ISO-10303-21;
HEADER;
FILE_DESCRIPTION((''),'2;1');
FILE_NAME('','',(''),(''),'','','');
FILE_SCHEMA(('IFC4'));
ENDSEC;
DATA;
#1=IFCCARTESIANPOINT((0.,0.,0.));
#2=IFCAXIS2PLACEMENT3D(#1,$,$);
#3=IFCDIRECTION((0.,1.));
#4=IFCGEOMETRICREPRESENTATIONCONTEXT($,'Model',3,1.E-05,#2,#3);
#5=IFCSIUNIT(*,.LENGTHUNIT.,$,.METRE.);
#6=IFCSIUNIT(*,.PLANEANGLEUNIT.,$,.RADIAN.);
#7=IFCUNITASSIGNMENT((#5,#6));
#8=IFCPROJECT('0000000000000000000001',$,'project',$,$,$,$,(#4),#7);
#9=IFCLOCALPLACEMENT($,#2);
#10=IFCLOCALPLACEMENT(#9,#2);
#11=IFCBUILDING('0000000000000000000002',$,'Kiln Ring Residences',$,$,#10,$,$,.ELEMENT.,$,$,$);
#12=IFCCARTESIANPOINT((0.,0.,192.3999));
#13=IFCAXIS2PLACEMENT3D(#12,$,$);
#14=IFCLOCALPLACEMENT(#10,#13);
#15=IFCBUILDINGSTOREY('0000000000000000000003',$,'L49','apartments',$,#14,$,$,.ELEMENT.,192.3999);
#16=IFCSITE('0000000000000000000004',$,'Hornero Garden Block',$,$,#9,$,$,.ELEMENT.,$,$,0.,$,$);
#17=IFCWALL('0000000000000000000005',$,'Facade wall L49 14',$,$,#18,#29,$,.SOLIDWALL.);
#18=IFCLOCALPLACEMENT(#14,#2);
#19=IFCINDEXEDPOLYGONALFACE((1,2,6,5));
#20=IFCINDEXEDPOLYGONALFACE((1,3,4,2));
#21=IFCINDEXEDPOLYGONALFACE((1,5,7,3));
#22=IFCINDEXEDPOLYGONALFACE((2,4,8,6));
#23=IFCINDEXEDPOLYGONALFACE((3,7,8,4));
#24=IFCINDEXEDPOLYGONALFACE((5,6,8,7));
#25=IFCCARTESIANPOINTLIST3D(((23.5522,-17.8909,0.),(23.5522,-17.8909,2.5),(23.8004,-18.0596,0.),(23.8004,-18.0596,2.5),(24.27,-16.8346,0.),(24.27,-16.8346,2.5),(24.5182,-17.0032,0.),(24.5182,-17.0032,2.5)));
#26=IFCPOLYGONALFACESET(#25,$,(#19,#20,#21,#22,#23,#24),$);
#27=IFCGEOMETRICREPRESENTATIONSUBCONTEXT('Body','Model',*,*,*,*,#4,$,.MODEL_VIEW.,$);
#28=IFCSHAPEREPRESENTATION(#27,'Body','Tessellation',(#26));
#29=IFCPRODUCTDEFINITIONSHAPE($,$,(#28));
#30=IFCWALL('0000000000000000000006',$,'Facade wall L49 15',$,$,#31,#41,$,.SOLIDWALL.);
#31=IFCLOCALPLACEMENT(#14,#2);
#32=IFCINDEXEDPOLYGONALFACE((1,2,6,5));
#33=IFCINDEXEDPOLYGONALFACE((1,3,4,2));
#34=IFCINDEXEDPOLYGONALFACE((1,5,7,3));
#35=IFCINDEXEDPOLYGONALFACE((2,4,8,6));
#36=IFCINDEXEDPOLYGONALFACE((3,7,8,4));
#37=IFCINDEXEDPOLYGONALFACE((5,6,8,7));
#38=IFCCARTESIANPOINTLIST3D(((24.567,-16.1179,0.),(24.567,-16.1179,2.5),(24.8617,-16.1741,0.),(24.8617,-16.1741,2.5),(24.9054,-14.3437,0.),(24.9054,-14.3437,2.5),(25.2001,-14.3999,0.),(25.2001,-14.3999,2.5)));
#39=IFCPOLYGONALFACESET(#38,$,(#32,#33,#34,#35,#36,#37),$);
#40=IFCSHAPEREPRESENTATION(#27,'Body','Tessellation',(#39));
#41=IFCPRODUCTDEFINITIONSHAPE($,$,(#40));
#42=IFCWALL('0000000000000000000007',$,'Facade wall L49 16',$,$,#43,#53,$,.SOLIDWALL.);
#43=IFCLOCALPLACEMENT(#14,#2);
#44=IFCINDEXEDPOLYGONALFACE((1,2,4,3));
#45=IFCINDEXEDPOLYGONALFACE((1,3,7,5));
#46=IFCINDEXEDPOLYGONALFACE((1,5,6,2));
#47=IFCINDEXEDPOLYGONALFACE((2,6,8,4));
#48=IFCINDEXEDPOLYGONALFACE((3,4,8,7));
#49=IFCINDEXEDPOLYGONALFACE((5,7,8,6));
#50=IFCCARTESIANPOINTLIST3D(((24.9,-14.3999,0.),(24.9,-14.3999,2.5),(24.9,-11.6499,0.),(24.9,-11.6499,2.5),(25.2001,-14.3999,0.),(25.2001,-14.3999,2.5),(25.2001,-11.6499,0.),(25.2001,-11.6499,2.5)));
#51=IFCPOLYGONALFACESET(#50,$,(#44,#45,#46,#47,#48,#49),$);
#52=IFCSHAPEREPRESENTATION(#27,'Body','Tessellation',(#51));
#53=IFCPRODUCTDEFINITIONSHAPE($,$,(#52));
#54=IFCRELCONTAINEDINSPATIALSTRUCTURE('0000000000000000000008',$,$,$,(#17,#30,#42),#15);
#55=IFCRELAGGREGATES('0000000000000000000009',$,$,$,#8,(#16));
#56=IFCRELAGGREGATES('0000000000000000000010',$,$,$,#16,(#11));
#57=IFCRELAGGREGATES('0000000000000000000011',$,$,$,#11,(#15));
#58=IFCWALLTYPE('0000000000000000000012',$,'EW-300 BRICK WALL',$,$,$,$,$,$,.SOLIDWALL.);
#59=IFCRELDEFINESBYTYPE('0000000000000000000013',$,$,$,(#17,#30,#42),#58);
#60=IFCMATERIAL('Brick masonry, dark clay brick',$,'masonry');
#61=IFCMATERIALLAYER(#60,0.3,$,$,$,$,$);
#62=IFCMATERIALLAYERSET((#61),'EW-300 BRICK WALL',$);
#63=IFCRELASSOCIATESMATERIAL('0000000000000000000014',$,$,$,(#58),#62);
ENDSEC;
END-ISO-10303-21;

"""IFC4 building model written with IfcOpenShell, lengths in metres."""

from ifc_helpers import new_model, si_unit, direction, frame, frame_2d, origin, place, context, subcontext, project, spatial, rectangle, extrude, material, layer, layer_set, type_object, element, save


model = new_model("IFC4")

# Units and contexts
model_context = context("Model", 3, precision=1e-05, world=origin(), true_north=direction((0.0, 1.0)))
body_context = subcontext(model_context, "Body", "Model", "MODEL_VIEW")
ifc_project = project(units=[si_unit("LENGTHUNIT", "METRE"), si_unit("PLANEANGLEUNIT", "RADIAN")], contexts=[model_context])

# Site, building, storey
site_placement = place(None, origin())
site = spatial("IfcSite", under=ifc_project, at=site_placement, Name="Hornero Garden Block", CompositionType="ELEMENT", RefElevation=0.0)
building_placement = place(site_placement, origin())
building = spatial("IfcBuilding", under=site, at=building_placement, Name="Kiln Ring Residences", CompositionType="ELEMENT")
storey_placement = place(building_placement, frame((0.0, 0.0, 192.3999)))
storey = spatial("IfcBuildingStorey", under=building, at=storey_placement, Name="L49", Description="apartments", CompositionType="ELEMENT", Elevation=192.3999)

# Walls
ifc_material_1 = material(Name="Brick masonry, dark clay brick", Category="masonry")
ifc_layer_1 = layer(ifc_material_1, 0.3)
ifc_layer_set_1 = layer_set([ifc_layer_1], Name="EW-300 BRICK WALL")
wall_type_1 = type_object("IfcWallType", Name="EW-300 BRICK WALL", PredefinedType="SOLIDWALL", material=ifc_layer_set_1)
wall_1_placement = place(storey_placement, frame((23.6763, -17.9753, 0.0), z_axis=(0.0, 0.0, 1.0), x_axis=(0.562001, 0.827136, 0.0)))
element("IfcWall", 1, at=wall_1_placement, inside=storey, type_object=wall_type_1, Name="Facade wall L49 14", PredefinedType="SOLIDWALL", context=body_context, shape_type="SweptSolid", body=[
    extrude(rectangle(XDim=1.2771, YDim=0.3, at=frame_2d((0.6387, 0.0))), origin(), (0.0, 0.0, 1.0), 2.5),
])
wall_2_placement = place(storey_placement, frame((24.7144, -16.146, 0.0), z_axis=(0.0, 0.0, 1.0), x_axis=(0.187348, 0.982294, 0.0)))
element("IfcWall", 2, at=wall_2_placement, inside=storey, type_object=wall_type_1, Name="Facade wall L49 15", PredefinedType="SOLIDWALL", context=body_context, shape_type="SweptSolid", body=[
    extrude(rectangle(XDim=1.8062, YDim=0.3, at=frame_2d((0.9031, 0.0))), origin(), (0.0, 0.0, 1.0), 2.5),
])
wall_3_placement = place(storey_placement, frame((25.05, -14.3999, 0.0), z_axis=(0.0, 0.0, 1.0), x_axis=(0.0, 1.0, 0.0)))
element("IfcWall", 3, at=wall_3_placement, inside=storey, type_object=wall_type_1, Name="Facade wall L49 16", PredefinedType="SOLIDWALL", context=body_context, shape_type="SweptSolid", body=[
    extrude(rectangle(XDim=2.75, YDim=0.3, at=frame_2d((1.375, 0.0))), origin(), (0.0, 0.0, 1.0), 2.5),
])

save(model, "model.ifc")
